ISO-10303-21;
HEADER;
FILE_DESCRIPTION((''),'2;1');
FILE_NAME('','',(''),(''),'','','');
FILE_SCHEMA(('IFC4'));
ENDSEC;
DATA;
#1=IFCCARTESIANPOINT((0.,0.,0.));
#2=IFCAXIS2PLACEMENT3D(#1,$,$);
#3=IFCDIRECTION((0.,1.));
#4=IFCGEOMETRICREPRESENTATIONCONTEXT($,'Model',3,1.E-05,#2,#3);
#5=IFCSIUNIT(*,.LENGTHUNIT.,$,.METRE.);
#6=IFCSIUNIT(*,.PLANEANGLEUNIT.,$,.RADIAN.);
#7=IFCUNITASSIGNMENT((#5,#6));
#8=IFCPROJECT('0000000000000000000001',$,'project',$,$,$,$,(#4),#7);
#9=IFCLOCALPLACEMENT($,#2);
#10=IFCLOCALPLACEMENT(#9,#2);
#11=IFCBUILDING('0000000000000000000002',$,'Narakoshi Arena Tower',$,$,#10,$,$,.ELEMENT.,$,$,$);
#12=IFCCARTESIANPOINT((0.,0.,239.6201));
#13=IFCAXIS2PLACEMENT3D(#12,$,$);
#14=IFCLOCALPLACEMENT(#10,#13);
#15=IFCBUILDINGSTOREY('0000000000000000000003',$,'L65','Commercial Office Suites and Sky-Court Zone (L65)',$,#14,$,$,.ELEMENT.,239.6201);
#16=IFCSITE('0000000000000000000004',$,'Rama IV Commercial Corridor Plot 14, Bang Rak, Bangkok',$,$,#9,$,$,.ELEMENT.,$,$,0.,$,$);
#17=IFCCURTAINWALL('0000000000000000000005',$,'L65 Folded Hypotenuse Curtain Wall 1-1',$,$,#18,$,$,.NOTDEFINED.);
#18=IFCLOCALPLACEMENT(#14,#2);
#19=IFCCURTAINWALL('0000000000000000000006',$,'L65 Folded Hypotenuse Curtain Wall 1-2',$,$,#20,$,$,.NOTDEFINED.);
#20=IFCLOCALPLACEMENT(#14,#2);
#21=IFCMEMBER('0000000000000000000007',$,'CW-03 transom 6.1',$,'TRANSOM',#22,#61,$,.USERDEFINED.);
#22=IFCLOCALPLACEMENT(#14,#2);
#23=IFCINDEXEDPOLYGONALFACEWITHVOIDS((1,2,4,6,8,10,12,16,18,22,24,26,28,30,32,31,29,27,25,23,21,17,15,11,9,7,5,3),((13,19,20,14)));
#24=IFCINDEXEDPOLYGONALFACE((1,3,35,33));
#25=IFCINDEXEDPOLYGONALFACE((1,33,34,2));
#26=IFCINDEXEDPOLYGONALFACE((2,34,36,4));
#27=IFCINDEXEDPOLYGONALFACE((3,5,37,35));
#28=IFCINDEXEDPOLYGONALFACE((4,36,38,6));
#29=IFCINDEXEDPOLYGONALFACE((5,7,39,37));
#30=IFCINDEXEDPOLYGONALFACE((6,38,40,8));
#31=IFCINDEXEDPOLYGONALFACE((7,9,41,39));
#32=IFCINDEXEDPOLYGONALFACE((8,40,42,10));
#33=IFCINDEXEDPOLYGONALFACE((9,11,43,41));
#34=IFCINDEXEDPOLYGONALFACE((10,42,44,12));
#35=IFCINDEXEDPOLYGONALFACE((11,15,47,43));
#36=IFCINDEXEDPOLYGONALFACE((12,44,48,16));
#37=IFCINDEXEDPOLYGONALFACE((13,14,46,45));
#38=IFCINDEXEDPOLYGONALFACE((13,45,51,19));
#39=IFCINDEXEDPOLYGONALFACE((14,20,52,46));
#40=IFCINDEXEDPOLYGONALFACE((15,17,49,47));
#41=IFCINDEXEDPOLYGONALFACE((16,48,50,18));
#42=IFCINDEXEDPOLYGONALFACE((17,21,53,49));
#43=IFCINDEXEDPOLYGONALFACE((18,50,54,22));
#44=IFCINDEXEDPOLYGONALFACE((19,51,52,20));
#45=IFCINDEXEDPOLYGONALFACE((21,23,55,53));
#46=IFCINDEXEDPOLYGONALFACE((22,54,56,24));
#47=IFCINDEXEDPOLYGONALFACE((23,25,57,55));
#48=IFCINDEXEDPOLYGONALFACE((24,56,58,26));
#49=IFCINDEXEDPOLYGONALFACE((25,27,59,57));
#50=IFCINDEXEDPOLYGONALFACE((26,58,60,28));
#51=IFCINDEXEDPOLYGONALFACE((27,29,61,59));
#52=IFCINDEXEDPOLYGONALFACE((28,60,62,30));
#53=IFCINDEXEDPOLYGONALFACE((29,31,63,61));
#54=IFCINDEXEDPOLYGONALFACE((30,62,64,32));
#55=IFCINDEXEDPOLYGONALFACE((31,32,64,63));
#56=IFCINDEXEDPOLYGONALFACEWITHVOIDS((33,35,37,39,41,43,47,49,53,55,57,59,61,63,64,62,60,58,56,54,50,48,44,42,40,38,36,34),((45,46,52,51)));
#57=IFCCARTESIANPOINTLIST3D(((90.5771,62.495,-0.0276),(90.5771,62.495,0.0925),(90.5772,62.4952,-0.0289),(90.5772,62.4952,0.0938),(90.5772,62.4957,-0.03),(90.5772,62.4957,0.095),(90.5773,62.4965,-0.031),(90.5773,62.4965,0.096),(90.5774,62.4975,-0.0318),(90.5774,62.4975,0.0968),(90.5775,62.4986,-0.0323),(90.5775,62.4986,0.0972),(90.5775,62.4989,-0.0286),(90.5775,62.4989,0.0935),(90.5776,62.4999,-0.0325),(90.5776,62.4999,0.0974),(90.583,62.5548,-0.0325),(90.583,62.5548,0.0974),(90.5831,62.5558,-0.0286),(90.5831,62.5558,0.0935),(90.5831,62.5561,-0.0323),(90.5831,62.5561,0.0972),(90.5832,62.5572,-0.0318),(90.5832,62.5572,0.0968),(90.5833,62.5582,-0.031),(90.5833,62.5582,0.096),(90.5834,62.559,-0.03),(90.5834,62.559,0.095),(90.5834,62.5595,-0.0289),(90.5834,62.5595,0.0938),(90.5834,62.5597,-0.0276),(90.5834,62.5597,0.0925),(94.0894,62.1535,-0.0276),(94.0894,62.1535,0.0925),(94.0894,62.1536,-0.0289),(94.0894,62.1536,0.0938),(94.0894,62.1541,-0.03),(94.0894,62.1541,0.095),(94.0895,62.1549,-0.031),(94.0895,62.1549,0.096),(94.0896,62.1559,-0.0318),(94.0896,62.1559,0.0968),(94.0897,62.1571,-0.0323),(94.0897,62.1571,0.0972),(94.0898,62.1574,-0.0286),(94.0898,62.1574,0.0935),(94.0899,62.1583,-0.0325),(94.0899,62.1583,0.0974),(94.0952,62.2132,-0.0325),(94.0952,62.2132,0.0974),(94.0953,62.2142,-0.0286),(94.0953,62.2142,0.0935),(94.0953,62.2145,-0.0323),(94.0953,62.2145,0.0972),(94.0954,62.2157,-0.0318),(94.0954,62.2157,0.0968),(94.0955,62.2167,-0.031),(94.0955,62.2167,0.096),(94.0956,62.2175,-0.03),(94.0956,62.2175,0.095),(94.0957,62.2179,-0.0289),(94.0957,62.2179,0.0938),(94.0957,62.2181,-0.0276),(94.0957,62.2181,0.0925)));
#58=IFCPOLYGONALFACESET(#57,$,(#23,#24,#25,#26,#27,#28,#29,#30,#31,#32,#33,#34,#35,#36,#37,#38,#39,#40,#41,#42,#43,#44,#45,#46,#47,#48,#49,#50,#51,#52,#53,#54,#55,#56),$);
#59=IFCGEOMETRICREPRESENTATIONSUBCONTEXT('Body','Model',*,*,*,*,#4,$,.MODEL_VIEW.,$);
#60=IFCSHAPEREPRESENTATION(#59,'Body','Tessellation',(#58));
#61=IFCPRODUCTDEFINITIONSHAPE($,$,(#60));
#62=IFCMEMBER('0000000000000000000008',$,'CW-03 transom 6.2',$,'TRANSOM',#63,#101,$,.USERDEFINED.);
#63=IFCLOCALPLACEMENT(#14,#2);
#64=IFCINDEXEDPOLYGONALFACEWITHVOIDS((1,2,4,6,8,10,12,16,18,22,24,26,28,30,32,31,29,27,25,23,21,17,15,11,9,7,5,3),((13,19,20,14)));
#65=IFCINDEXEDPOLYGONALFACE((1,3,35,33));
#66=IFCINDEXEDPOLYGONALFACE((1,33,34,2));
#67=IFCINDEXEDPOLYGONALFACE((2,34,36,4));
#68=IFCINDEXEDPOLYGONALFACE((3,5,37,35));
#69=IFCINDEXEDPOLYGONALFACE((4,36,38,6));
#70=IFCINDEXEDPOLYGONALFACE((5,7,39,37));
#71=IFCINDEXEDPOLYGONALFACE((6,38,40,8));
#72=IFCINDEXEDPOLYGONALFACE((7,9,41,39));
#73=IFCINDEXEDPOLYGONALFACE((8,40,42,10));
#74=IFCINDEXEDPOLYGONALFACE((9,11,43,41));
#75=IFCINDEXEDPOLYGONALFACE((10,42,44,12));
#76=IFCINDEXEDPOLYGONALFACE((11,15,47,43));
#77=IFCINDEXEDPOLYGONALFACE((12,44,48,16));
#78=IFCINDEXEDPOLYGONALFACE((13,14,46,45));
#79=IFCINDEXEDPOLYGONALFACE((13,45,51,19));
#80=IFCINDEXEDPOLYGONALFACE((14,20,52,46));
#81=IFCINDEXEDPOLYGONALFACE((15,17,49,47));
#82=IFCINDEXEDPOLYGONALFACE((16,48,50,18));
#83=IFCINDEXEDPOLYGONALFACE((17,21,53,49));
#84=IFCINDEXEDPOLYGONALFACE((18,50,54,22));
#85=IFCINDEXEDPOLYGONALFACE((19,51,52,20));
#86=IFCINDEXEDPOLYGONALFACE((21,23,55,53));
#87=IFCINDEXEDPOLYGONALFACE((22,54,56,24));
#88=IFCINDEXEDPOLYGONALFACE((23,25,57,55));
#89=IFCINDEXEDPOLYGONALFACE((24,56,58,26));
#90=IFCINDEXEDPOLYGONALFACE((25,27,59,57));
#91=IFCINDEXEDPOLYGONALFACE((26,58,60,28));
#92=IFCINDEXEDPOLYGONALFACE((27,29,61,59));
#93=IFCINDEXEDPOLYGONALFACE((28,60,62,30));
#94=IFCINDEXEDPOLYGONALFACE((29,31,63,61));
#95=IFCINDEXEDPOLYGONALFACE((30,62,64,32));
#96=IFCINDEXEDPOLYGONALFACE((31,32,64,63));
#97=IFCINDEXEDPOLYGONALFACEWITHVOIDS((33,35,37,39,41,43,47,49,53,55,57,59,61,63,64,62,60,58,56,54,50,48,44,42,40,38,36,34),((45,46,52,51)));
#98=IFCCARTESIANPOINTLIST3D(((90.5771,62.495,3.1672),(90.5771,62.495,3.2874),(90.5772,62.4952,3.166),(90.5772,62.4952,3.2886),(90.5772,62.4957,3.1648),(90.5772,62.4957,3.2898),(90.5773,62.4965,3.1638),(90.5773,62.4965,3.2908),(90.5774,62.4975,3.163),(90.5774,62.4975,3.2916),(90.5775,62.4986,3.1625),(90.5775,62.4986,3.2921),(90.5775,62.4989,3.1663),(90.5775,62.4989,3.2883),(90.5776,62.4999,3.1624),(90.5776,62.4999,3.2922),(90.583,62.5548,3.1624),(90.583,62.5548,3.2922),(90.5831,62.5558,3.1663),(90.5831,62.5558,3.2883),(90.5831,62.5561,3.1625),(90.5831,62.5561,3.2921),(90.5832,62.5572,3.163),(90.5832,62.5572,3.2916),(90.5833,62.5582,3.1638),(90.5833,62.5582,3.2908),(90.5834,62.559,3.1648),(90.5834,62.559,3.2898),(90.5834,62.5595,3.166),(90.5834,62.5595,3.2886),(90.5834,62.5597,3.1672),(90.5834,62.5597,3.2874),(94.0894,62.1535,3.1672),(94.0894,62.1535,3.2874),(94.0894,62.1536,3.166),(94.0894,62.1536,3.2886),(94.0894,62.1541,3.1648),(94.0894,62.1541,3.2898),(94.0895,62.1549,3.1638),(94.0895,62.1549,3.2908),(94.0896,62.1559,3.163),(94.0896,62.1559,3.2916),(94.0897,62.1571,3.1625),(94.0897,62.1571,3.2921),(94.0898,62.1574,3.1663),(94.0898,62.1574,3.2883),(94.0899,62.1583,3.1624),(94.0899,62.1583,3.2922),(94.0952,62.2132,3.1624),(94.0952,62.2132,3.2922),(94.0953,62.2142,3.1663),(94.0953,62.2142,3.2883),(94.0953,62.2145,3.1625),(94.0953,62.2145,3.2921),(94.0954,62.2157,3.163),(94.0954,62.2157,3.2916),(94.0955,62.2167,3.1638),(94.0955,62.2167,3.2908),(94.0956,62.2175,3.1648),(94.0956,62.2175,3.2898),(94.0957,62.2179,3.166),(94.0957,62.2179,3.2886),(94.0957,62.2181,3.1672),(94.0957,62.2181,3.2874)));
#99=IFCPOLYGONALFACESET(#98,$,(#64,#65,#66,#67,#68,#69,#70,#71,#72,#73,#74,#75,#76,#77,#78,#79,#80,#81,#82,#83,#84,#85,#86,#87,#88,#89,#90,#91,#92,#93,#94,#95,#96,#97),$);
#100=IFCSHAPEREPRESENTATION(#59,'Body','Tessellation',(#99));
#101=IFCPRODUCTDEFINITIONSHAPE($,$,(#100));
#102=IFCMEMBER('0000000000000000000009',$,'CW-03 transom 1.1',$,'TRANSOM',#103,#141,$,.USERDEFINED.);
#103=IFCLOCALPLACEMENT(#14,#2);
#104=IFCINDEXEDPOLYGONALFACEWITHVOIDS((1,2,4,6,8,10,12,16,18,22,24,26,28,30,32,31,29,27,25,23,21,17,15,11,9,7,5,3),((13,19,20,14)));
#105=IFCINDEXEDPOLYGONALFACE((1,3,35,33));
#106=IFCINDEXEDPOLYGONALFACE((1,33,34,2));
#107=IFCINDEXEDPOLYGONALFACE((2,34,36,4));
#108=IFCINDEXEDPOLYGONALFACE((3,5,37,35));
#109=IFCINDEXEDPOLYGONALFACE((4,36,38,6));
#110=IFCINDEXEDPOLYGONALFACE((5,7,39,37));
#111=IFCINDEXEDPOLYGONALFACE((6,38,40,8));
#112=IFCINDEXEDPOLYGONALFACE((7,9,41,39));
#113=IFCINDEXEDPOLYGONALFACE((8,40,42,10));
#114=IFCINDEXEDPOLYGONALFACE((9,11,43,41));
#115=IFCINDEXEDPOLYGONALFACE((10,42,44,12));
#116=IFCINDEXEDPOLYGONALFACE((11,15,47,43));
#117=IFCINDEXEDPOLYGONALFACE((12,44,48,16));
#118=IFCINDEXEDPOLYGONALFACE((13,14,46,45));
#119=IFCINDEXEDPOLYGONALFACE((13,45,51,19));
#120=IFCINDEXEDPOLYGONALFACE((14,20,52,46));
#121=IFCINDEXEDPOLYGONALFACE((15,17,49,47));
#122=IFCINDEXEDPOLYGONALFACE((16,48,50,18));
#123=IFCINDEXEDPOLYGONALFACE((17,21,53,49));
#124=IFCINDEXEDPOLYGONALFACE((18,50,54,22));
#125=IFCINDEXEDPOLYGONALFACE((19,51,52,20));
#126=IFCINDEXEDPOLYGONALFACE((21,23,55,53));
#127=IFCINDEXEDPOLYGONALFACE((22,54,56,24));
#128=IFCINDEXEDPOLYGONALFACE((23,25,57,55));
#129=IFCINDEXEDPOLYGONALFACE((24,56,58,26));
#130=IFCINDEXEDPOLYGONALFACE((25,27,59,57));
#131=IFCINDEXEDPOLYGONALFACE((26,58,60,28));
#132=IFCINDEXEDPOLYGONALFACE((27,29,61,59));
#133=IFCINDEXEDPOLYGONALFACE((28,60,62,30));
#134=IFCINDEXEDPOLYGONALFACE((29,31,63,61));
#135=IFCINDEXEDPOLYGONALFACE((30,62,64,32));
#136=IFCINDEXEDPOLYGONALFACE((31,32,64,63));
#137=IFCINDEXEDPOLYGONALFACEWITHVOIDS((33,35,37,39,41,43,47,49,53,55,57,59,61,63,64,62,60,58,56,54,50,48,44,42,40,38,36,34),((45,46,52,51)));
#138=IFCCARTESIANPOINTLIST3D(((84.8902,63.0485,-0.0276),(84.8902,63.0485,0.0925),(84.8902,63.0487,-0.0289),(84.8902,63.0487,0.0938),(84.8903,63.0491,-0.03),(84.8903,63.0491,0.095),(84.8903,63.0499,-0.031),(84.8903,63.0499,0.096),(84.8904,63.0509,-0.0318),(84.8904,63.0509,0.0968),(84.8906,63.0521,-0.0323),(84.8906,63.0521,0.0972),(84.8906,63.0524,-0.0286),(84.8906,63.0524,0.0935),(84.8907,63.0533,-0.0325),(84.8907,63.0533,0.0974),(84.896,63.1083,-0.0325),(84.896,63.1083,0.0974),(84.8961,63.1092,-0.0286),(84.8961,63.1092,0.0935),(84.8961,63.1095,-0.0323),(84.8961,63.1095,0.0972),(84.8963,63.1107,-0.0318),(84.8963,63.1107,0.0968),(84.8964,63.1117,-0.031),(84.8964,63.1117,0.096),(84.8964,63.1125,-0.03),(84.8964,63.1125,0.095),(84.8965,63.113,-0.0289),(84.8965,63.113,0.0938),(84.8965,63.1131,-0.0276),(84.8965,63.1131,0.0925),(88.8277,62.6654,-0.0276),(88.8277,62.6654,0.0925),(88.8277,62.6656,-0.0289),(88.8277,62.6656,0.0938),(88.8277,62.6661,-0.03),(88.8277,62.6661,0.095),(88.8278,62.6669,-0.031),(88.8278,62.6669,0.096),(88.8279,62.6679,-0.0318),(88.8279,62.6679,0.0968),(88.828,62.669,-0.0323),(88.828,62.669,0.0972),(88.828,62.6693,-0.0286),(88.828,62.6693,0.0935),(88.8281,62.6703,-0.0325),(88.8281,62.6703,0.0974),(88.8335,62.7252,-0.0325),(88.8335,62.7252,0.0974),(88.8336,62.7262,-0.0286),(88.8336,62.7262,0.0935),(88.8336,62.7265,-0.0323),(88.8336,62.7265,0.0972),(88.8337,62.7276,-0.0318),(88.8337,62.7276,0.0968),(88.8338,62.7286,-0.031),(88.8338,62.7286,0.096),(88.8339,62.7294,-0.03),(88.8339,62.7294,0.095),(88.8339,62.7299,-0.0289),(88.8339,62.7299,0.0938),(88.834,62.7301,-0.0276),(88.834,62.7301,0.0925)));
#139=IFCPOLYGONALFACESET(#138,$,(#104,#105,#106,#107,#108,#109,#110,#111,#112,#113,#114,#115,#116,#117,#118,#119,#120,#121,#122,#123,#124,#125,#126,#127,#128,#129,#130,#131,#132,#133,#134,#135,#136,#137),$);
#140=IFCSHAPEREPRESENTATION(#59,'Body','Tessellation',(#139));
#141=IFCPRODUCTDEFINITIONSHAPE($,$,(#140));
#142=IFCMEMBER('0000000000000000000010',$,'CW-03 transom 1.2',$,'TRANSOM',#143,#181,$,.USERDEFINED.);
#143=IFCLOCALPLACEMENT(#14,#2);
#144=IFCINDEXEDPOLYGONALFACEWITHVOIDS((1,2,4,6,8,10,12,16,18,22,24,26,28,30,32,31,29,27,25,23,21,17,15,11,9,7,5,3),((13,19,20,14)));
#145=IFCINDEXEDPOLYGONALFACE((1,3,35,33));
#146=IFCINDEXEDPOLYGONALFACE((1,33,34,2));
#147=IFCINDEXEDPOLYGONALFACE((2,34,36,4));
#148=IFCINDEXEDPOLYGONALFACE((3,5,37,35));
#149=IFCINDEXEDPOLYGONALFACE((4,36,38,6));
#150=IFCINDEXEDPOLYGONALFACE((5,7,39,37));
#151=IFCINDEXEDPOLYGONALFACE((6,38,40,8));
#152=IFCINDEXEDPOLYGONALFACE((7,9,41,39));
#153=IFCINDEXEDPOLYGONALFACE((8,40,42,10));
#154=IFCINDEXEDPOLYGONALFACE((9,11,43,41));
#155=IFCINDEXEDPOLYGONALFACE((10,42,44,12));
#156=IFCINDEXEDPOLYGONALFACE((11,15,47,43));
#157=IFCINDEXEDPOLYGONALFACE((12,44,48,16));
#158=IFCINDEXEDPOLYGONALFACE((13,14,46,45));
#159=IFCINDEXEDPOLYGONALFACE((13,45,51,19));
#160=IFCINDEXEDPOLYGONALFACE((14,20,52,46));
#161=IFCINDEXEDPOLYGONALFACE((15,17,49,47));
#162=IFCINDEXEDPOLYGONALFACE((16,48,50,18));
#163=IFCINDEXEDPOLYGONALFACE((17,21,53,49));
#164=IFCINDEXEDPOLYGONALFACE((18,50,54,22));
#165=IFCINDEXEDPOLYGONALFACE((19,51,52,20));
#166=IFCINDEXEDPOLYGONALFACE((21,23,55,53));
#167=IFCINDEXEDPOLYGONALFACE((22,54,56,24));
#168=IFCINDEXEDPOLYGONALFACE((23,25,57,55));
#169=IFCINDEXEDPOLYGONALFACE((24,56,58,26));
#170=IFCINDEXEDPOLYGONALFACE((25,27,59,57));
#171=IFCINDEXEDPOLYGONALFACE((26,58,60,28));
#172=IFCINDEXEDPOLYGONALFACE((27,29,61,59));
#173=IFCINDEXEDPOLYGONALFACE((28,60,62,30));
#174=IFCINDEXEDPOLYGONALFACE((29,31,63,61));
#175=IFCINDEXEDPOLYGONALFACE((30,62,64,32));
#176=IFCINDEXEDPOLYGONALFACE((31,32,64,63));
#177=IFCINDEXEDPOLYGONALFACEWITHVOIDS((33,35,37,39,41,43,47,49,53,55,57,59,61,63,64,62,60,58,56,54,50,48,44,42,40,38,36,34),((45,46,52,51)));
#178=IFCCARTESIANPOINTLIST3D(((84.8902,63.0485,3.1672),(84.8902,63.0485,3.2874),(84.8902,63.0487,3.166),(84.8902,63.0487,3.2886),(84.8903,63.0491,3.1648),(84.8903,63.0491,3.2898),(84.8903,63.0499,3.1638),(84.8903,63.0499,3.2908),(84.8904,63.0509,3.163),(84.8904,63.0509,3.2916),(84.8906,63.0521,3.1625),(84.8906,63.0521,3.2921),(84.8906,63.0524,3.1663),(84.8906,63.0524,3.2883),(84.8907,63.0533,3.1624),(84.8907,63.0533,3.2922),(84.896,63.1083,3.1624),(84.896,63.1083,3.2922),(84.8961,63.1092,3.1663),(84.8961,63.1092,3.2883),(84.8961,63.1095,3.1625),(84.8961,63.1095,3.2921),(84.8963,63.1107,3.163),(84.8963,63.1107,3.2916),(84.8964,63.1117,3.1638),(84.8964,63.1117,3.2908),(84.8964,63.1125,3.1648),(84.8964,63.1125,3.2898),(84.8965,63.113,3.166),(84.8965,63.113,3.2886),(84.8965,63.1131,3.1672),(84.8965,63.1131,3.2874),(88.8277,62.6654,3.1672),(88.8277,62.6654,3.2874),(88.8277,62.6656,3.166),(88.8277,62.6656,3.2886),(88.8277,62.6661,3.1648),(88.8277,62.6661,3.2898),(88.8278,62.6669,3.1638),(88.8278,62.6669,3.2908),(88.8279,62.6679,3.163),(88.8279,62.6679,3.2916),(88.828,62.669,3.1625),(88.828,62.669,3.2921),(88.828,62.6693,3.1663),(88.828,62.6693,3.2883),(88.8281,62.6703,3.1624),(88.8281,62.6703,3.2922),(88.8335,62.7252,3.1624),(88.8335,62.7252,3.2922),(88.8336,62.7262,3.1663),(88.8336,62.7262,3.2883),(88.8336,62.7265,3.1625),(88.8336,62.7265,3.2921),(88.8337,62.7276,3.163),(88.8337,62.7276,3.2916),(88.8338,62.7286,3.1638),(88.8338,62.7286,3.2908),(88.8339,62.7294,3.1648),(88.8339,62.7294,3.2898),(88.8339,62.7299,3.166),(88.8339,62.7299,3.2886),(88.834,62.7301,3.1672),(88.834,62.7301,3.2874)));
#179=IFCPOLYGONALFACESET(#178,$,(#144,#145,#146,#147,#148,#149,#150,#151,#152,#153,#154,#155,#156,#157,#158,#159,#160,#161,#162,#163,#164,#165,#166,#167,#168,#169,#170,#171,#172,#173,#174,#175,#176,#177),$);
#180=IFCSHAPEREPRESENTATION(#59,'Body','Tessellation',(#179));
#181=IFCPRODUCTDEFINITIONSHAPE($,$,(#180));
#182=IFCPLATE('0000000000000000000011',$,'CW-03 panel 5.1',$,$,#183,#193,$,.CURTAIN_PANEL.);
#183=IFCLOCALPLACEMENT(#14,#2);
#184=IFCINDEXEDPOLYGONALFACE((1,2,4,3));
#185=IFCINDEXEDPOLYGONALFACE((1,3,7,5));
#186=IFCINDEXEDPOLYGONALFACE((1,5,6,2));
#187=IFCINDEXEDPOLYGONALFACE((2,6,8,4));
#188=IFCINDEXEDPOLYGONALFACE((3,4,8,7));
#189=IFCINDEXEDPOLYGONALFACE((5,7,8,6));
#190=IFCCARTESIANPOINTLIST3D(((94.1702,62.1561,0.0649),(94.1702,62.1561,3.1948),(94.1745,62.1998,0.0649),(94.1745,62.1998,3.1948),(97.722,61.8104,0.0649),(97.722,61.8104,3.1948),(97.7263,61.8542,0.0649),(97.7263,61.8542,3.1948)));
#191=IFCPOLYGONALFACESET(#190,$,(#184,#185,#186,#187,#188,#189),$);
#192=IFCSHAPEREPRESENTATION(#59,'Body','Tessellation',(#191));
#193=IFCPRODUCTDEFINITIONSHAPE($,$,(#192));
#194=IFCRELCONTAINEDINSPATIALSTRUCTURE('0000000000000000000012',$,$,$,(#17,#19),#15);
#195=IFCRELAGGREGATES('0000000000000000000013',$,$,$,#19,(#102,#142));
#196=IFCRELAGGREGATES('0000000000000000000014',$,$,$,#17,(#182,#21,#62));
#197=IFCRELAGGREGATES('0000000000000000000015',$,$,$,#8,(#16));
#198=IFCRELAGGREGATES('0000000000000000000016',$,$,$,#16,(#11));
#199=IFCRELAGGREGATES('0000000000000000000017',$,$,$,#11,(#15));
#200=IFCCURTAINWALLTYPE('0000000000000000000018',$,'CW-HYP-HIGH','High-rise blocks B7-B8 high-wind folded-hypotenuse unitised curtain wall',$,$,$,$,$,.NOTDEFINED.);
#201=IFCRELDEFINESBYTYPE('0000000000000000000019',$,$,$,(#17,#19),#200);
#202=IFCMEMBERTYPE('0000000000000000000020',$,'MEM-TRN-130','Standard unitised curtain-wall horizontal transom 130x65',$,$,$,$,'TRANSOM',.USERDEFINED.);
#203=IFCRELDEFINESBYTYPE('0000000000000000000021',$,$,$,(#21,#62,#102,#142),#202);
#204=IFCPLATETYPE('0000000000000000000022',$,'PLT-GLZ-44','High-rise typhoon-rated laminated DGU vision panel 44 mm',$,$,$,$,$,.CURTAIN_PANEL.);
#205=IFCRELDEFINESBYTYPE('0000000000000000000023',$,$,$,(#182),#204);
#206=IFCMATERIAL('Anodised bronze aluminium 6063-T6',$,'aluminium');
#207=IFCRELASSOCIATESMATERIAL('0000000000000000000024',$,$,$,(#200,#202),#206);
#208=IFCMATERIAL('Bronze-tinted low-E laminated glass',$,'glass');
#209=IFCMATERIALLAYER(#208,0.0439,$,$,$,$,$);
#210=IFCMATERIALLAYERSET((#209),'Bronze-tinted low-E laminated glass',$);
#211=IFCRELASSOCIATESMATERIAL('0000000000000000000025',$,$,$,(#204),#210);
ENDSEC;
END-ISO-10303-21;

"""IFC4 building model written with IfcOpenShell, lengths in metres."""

from ifc_helpers import new_model, si_unit, direction, frame, origin, origin_2d, place, context, subcontext, project, spatial, rectangle, hollow_rectangle, extrude, material, layer, layer_set, material_profile, profile_set, type_object, element, aggregate, save


model = new_model("IFC4")

# Units and contexts
model_context = context("Model", 3, precision=1e-05, world=origin(), true_north=direction((0.0, 1.0)))
body_context = subcontext(model_context, "Body", "Model", "MODEL_VIEW")
ifc_project = project(units=[si_unit("LENGTHUNIT", "METRE"), si_unit("PLANEANGLEUNIT", "RADIAN")], contexts=[model_context])

# Site, building, storey
site_placement = place(None, origin())
site = spatial("IfcSite", under=ifc_project, at=site_placement, Name="Rama IV Commercial Corridor Plot 14, Bang Rak, Bangkok", CompositionType="ELEMENT", RefElevation=0.0)
building_placement = place(site_placement, origin())
building = spatial("IfcBuilding", under=site, at=building_placement, Name="Narakoshi Arena Tower", CompositionType="ELEMENT")
storey_placement = place(building_placement, frame((0.0, 0.0, 239.6201)))
storey = spatial("IfcBuildingStorey", under=building, at=storey_placement, Name="L65", Description="Commercial Office Suites and Sky-Court Zone (L65)", CompositionType="ELEMENT", Elevation=239.6201)

# Curtain wall
ifc_material_1 = material(Name="Anodised bronze aluminium 6063-T6", Category="aluminium")
curtain_wall_type = type_object("IfcCurtainWallType", Name="CW-HYP-HIGH", Description="High-rise blocks B7-B8 high-wind folded-hypotenuse unitised curtain wall", PredefinedType="NOTDEFINED", material=ifc_material_1)
curtain_wall_1_placement = place(storey_placement, origin())
curtain_wall_1 = element("IfcCurtainWall", 1, at=curtain_wall_1_placement, inside=storey, type_object=curtain_wall_type, Name="L65 Folded Hypotenuse Curtain Wall 1-1", PredefinedType="NOTDEFINED")

# Curtain wall
curtain_wall_2_placement = place(storey_placement, origin())
curtain_wall_2 = element("IfcCurtainWall", 2, at=curtain_wall_2_placement, inside=storey, type_object=curtain_wall_type, Name="L65 Folded Hypotenuse Curtain Wall 1-2", PredefinedType="NOTDEFINED")

# Members
ifc_material_profile_1 = material_profile(ifc_material_1, hollow_rectangle(XDim=0.0649, YDim=0.1299, WallThickness=0.0039, OuterFilletRadius=0.0049, at=origin_2d()), Name="TRN130x65x4")
ifc_profile_set_1 = profile_set([ifc_material_profile_1], Name="Anodised bronze aluminium 6063-T6")
member_type_1 = type_object("IfcMemberType", Name="MEM-TRN-130", Description="Standard unitised curtain-wall horizontal transom 130x65", ElementType="TRANSOM", PredefinedType="USERDEFINED", material=ifc_profile_set_1)
member_1_placement = place(storey_placement, frame((94.0925, 62.1858, 0.0325), z_axis=(-0.995305, 0.096791, 0.0), x_axis=(-0.096791, -0.995305, 0.0)))
member_1 = element("IfcMember", 3, at=member_1_placement, type_object=member_type_1, Name="CW-03 transom 6.1", ObjectType="TRANSOM", PredefinedType="USERDEFINED", context=body_context, shape_type="SweptSolid", body=[
    extrude(hollow_rectangle(XDim=0.0649, YDim=0.1299, WallThickness=0.0039, OuterFilletRadius=0.0049, at=origin_2d()), origin(), (0.0, 0.0, 1.0), 3.5288),
])
member_2_placement = place(storey_placement, frame((94.0925, 62.1858, 3.2273), z_axis=(-0.995305, 0.096791, 0.0), x_axis=(-0.096791, -0.995305, 0.0)))
member_2 = element("IfcMember", 4, at=member_2_placement, type_object=member_type_1, Name="CW-03 transom 6.2", ObjectType="TRANSOM", PredefinedType="USERDEFINED", context=body_context, shape_type="SweptSolid", body=[
    extrude(hollow_rectangle(XDim=0.0649, YDim=0.1299, WallThickness=0.0039, OuterFilletRadius=0.0049, at=origin_2d()), origin(), (0.0, 0.0, 1.0), 3.5288),
])
member_3_placement = place(storey_placement, frame((88.8308, 62.6978, 0.0325), z_axis=(-0.995301, 0.096827, 0.0), x_axis=(-0.096827, -0.995301, 0.0)))
member_3 = element("IfcMember", 5, at=member_3_placement, type_object=member_type_1, Name="CW-03 transom 1.1", ObjectType="TRANSOM", PredefinedType="USERDEFINED", context=body_context, shape_type="SweptSolid", body=[
    extrude(hollow_rectangle(XDim=0.0649, YDim=0.1299, WallThickness=0.0039, OuterFilletRadius=0.0049, at=origin_2d()), origin(), (0.0, 0.0, 1.0), 3.9561),
])
member_4_placement = place(storey_placement, frame((88.8308, 62.6978, 3.2273), z_axis=(-0.995301, 0.096827, 0.0), x_axis=(-0.096827, -0.995301, 0.0)))
member_4 = element("IfcMember", 6, at=member_4_placement, type_object=member_type_1, Name="CW-03 transom 1.2", ObjectType="TRANSOM", PredefinedType="USERDEFINED", context=body_context, shape_type="SweptSolid", body=[
    extrude(hollow_rectangle(XDim=0.0649, YDim=0.1299, WallThickness=0.0039, OuterFilletRadius=0.0049, at=origin_2d()), origin(), (0.0, 0.0, 1.0), 3.9561),
])
aggregate(curtain_wall_2, [member_3, member_4])

# Plate
ifc_material_2 = material(Name="Bronze-tinted low-E laminated glass", Category="glass")
ifc_layer_1 = layer(ifc_material_2, 0.0439)
ifc_layer_set_1 = layer_set([ifc_layer_1], Name="Bronze-tinted low-E laminated glass")
plate_type = type_object("IfcPlateType", Name="PLT-GLZ-44", Description="High-rise typhoon-rated laminated DGU vision panel 44 mm", PredefinedType="CURTAIN_PANEL", material=ifc_layer_set_1)
plate_1_placement = place(storey_placement, frame((95.9482, 62.0051, 0.0649), z_axis=(0.0, 0.0, 1.0), x_axis=(-0.995299, 0.096851, 0.0)))
plate_1 = element("IfcPlate", 7, at=plate_1_placement, type_object=plate_type, Name="CW-03 panel 5.1", PredefinedType="CURTAIN_PANEL", context=body_context, shape_type="SweptSolid", body=[
    extrude(rectangle(XDim=3.5686, YDim=0.0439, at=origin_2d()), origin(), (0.0, 0.0, 1.0), 3.1299),
])
aggregate(curtain_wall_1, [plate_1, member_1, member_2])

save(model, "model.ifc")
